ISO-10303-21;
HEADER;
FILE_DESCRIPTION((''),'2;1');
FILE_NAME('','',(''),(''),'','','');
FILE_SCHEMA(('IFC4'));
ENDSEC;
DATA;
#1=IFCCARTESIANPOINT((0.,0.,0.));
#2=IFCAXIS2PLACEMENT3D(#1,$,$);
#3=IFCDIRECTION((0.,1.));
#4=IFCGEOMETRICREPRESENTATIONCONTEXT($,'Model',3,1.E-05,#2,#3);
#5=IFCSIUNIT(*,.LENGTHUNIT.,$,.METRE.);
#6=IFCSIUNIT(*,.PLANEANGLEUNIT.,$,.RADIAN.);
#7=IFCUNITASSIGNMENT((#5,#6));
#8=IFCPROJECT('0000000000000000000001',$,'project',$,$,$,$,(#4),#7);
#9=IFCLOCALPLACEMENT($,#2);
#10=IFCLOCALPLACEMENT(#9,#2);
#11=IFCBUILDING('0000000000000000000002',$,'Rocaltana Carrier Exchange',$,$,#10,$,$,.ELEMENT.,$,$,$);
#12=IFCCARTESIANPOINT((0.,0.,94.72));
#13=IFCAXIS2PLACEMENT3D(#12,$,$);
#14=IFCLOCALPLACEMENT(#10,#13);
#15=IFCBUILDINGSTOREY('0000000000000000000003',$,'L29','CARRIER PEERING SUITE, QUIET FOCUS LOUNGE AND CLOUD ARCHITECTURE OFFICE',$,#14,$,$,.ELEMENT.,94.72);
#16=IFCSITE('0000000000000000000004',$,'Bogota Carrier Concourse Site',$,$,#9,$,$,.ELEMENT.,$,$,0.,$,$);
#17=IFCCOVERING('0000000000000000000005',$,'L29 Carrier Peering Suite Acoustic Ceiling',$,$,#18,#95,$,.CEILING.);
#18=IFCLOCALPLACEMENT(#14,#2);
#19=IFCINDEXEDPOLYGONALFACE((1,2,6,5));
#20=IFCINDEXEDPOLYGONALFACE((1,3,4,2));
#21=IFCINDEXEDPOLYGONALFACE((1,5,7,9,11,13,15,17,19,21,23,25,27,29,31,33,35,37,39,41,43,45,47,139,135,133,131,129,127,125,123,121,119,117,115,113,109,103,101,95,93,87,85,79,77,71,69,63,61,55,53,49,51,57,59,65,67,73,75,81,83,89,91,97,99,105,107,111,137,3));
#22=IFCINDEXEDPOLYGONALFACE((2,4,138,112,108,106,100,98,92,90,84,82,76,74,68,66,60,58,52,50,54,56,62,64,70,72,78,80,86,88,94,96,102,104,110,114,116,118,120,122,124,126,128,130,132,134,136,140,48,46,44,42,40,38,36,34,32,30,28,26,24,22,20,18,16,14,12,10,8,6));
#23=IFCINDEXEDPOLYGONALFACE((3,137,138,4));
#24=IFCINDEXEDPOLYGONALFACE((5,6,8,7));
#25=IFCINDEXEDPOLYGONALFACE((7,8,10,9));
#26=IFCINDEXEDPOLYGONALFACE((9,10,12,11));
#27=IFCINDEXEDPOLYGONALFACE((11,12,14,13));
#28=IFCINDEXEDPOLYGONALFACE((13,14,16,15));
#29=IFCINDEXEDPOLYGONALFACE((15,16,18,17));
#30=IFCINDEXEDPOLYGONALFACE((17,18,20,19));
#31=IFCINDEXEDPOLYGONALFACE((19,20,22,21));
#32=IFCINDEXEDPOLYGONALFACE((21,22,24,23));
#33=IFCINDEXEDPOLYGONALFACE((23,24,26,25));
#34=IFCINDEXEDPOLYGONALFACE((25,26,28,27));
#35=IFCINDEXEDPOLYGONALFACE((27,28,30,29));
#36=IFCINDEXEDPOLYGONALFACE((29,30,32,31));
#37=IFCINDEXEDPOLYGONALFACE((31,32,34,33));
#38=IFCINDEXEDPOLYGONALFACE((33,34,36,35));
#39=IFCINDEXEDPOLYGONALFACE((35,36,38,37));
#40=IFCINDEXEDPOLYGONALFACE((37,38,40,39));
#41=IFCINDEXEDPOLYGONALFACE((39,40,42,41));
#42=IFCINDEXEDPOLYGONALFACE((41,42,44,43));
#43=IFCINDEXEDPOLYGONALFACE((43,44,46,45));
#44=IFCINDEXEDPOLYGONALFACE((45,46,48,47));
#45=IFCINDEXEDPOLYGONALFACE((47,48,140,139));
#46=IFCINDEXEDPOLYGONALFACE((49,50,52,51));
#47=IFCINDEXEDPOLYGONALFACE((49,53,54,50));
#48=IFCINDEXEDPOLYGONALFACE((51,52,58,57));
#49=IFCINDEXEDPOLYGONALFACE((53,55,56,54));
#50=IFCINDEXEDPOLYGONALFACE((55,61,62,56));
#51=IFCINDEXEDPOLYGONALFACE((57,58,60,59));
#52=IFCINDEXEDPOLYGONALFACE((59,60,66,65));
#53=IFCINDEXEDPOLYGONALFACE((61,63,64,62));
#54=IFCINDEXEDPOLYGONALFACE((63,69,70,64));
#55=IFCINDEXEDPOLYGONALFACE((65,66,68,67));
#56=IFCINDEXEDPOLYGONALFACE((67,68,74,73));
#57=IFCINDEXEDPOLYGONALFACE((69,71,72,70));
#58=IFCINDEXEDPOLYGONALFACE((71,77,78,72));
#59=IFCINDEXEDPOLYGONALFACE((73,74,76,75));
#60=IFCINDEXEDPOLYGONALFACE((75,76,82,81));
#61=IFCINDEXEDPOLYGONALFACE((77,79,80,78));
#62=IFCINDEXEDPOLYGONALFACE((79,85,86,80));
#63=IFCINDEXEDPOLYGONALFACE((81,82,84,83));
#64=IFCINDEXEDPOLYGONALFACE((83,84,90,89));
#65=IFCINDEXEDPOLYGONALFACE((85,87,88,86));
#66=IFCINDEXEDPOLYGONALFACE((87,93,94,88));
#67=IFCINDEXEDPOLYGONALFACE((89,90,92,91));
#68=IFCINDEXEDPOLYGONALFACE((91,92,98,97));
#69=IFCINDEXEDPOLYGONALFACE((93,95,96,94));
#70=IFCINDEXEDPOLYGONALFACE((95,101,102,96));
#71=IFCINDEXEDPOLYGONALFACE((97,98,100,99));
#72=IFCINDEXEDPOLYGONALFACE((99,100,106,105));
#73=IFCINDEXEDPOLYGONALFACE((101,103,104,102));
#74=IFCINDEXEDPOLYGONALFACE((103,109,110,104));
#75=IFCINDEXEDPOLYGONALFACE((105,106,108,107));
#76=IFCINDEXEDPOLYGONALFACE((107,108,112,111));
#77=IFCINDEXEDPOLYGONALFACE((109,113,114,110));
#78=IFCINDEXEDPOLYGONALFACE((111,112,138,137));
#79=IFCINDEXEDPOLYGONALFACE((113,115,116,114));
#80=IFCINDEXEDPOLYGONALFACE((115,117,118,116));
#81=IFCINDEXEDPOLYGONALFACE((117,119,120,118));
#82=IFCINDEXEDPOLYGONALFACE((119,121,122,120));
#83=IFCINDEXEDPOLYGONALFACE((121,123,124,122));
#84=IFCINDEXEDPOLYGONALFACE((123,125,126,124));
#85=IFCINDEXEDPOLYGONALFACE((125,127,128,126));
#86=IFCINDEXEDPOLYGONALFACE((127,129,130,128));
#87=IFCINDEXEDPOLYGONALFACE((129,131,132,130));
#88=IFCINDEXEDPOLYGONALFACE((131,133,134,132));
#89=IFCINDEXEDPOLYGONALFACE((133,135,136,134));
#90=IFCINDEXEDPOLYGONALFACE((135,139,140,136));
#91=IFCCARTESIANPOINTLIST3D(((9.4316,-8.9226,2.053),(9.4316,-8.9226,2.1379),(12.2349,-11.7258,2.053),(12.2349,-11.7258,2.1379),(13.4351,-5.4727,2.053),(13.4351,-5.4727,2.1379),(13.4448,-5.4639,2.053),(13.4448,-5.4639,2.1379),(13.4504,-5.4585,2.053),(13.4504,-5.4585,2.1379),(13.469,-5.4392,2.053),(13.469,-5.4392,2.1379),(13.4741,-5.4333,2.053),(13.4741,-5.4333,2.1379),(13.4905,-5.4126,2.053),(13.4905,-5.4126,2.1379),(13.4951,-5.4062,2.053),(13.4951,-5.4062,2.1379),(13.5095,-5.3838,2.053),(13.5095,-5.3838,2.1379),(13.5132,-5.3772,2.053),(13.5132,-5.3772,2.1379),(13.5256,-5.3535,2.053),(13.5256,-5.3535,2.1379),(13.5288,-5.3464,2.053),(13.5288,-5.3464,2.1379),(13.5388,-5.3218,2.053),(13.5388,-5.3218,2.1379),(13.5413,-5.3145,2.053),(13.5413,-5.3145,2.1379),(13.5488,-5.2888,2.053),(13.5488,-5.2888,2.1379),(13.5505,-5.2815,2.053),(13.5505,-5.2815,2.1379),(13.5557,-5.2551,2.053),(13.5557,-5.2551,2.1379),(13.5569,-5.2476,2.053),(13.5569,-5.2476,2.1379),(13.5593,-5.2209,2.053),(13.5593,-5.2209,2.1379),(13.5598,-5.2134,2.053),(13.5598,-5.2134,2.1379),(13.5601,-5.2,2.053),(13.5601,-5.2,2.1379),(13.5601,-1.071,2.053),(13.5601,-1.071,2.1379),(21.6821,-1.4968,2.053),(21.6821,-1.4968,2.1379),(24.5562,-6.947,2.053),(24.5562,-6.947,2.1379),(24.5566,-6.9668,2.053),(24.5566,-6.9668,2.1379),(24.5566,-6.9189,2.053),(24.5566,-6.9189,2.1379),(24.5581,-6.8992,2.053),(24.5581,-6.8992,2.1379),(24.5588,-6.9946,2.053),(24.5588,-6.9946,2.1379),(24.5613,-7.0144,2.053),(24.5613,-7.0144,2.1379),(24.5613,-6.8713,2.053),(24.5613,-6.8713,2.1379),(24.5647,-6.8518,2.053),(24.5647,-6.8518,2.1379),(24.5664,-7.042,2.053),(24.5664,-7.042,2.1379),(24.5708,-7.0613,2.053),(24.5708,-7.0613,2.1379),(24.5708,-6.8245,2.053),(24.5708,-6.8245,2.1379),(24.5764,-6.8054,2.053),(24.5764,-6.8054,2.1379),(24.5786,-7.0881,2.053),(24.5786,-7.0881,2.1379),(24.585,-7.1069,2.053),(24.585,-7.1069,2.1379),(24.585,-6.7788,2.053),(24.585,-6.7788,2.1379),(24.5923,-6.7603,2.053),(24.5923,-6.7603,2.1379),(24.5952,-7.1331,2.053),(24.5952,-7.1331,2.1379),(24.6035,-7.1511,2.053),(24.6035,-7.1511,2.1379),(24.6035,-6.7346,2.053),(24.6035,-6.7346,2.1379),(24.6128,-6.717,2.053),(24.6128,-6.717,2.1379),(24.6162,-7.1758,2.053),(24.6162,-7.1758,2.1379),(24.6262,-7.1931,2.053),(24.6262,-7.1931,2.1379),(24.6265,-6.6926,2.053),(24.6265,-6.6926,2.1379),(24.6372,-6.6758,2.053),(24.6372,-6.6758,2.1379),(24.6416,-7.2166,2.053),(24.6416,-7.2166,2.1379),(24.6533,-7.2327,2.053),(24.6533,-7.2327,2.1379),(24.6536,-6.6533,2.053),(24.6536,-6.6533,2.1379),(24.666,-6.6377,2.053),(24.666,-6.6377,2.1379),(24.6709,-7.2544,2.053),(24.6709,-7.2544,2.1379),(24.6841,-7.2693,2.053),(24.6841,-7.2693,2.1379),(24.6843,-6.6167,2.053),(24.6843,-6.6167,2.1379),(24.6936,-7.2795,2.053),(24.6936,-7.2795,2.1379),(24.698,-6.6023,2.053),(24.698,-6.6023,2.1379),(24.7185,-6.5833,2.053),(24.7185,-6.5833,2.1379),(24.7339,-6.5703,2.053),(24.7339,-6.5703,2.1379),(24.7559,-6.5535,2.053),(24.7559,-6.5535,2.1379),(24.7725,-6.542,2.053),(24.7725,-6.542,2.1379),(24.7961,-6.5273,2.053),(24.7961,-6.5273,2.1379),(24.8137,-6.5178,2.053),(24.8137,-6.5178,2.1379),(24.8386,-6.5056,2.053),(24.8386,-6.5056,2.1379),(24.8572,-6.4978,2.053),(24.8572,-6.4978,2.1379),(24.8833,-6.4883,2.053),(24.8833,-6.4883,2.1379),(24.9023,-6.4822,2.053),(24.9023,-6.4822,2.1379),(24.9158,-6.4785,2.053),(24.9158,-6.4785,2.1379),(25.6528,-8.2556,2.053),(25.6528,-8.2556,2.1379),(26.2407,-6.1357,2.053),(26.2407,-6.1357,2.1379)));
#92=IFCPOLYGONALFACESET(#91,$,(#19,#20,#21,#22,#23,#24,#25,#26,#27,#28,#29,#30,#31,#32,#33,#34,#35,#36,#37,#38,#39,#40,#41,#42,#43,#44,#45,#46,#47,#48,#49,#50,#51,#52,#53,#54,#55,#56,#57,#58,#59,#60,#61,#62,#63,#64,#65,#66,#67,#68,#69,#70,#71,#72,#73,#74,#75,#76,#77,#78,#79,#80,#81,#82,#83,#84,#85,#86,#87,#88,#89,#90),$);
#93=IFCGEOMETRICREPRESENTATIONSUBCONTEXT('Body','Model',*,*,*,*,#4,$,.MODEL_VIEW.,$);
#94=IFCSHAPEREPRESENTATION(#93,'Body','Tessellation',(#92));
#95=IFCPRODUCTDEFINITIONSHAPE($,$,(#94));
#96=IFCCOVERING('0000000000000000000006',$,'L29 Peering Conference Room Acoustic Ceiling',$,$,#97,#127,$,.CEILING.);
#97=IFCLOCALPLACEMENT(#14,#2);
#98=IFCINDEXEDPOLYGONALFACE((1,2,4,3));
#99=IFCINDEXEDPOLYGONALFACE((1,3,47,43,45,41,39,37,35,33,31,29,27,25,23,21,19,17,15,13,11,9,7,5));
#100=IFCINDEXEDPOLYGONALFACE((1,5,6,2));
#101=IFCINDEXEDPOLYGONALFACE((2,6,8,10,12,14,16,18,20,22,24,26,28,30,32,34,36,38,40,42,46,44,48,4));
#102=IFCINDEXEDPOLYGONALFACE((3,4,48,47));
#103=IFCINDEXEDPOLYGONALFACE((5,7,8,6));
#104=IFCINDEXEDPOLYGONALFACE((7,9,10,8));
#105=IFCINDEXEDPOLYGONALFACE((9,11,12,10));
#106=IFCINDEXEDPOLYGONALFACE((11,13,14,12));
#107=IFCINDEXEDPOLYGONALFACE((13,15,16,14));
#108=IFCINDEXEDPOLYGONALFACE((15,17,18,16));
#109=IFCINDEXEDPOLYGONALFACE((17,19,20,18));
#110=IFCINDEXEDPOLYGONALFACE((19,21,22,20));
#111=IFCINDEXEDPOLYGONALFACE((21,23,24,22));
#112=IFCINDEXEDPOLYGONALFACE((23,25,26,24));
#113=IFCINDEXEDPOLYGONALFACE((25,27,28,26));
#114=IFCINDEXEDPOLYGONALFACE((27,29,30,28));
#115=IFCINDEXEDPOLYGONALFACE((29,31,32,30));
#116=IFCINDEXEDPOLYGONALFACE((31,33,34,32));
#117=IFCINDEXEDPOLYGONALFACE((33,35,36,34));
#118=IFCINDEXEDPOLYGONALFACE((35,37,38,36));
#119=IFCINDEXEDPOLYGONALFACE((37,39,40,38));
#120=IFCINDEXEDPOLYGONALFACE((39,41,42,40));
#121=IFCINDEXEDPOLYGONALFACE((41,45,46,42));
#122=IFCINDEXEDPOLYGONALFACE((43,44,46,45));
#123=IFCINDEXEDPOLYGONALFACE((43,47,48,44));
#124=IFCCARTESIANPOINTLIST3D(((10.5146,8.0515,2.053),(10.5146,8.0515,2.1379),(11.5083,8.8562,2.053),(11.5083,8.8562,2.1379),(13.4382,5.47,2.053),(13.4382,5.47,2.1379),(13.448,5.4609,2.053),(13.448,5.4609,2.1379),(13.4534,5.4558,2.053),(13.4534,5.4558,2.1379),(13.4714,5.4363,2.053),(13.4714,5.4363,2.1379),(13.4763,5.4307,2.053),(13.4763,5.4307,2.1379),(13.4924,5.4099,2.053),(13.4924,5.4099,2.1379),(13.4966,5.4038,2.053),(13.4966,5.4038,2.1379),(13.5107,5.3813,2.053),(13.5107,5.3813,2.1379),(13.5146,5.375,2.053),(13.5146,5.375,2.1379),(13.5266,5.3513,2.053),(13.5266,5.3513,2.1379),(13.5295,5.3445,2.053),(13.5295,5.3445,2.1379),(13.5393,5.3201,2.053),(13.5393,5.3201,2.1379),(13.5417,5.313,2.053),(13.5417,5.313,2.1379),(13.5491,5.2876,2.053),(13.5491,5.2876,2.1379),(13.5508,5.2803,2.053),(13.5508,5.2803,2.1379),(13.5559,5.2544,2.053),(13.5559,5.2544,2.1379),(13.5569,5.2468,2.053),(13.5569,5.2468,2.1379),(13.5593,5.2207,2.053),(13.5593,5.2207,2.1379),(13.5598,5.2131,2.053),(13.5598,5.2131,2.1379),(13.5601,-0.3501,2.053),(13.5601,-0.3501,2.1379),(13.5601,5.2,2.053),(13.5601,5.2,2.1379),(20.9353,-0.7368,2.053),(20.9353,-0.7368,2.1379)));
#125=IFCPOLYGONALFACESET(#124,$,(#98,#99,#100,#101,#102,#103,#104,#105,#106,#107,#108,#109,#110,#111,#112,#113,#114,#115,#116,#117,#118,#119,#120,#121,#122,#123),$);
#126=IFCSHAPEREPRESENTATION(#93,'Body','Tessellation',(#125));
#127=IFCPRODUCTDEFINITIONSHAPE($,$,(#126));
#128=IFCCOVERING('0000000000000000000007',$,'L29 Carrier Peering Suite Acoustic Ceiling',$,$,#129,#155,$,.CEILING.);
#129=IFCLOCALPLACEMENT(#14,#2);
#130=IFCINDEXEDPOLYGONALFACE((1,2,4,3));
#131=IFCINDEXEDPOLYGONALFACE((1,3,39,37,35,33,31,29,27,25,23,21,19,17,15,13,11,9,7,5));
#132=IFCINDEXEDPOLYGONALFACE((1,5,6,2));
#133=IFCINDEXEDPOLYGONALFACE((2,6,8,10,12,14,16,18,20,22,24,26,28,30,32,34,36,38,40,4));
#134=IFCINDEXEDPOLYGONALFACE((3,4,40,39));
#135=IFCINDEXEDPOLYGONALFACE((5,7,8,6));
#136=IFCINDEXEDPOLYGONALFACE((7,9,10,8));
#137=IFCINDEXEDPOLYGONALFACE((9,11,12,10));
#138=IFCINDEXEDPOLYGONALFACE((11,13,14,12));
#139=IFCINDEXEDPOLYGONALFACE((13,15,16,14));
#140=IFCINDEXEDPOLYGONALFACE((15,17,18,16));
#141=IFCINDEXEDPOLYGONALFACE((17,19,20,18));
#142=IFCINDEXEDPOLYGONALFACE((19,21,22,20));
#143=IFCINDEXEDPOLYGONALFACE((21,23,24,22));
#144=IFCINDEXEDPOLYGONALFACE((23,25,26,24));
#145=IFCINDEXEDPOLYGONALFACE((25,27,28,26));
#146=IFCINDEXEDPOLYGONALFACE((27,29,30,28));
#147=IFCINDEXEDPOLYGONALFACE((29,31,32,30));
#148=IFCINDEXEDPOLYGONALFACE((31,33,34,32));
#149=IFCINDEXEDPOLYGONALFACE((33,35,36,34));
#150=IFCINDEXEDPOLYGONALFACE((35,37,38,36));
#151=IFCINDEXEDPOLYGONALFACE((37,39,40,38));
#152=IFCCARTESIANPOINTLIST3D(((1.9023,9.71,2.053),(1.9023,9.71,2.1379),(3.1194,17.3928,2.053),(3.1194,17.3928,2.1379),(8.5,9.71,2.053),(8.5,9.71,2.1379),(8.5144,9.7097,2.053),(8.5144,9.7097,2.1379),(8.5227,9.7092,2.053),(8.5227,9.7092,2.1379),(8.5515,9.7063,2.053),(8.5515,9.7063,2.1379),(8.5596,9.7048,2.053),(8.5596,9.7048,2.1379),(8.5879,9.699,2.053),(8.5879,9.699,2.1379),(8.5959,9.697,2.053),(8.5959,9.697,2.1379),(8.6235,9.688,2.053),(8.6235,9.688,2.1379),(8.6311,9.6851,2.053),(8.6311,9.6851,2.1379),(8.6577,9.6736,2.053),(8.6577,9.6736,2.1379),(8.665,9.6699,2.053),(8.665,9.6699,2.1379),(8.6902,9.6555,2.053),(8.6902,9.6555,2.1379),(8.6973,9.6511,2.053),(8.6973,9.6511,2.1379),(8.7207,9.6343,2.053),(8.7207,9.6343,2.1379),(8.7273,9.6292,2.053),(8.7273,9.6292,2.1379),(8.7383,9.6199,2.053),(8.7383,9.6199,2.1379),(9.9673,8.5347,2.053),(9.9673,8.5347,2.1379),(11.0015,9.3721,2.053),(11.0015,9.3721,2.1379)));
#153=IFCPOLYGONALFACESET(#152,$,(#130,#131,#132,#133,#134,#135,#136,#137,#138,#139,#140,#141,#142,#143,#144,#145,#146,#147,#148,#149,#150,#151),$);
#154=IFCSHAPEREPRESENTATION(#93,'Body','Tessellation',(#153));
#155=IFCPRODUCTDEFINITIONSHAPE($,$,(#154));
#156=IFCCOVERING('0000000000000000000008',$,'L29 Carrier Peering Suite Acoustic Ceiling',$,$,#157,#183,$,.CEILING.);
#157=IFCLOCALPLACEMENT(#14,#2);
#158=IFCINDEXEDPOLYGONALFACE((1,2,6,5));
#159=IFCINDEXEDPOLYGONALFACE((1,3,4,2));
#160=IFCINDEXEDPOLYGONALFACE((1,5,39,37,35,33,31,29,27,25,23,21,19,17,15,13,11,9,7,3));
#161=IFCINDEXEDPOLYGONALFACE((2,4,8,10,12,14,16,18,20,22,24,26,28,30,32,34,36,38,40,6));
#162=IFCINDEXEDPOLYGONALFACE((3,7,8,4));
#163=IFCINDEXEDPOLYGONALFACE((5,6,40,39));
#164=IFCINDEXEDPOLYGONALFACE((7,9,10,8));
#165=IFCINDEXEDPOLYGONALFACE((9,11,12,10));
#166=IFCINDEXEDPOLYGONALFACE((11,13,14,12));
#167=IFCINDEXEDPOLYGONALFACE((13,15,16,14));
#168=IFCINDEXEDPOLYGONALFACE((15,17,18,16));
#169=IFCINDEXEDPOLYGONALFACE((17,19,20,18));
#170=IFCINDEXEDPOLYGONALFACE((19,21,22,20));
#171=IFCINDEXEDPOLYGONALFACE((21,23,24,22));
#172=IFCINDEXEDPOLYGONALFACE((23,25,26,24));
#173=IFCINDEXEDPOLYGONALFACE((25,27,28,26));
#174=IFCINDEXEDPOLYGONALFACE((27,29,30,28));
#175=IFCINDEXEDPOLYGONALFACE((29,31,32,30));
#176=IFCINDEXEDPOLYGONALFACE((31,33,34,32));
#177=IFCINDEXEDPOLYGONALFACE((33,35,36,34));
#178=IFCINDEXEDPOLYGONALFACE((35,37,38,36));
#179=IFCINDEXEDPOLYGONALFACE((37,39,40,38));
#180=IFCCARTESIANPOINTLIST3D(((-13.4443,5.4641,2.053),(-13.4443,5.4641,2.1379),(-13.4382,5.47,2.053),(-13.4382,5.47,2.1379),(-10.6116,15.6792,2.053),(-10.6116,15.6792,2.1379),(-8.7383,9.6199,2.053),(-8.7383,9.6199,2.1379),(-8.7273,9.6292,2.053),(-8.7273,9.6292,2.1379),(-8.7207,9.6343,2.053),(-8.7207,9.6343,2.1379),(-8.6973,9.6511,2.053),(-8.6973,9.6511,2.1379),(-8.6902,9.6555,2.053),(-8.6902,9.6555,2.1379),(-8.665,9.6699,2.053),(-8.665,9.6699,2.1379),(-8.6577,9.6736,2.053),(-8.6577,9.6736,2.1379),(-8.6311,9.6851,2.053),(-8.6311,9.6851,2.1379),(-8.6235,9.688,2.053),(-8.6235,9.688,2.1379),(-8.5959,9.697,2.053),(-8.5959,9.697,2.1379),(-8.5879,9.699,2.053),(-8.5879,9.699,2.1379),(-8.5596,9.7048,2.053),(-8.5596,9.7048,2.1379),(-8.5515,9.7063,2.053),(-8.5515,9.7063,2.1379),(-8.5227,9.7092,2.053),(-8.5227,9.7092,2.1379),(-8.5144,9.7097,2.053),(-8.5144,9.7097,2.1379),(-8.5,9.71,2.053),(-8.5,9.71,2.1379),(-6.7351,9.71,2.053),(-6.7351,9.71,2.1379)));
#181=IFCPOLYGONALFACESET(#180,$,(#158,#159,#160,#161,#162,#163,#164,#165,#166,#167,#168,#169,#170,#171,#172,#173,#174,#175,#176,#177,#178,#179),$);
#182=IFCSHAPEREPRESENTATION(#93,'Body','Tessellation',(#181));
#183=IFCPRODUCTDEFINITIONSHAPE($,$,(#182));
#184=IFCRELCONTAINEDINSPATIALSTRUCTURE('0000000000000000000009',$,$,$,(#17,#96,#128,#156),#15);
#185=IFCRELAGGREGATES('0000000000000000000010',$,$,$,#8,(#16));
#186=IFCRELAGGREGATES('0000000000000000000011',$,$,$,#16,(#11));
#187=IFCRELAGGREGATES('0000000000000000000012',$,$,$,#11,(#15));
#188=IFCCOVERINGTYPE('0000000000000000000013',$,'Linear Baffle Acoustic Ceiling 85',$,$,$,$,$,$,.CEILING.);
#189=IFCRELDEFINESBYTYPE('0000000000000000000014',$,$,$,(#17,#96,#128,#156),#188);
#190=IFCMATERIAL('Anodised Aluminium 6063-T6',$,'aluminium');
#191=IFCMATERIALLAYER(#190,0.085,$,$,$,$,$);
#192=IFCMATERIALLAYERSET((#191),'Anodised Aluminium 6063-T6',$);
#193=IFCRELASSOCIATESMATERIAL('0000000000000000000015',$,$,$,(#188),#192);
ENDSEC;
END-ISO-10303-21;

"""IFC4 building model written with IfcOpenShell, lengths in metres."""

from ifc_helpers import new_model, si_unit, direction, frame, origin, place, context, subcontext, project, spatial, polyline, outline, extrude, material, layer, layer_set, type_object, element, save


model = new_model("IFC4")

# Units and contexts
model_context = context("Model", 3, precision=1e-05, world=origin(), true_north=direction((0.0, 1.0)))
body_context = subcontext(model_context, "Body", "Model", "MODEL_VIEW")
ifc_project = project(units=[si_unit("LENGTHUNIT", "METRE"), si_unit("PLANEANGLEUNIT", "RADIAN")], contexts=[model_context])

# Site, building, storey
site_placement = place(None, origin())
site = spatial("IfcSite", under=ifc_project, at=site_placement, Name="Bogota Carrier Concourse Site", CompositionType="ELEMENT", RefElevation=0.0)
building_placement = place(site_placement, origin())
building = spatial("IfcBuilding", under=site, at=building_placement, Name="Rocaltana Carrier Exchange", CompositionType="ELEMENT")
storey_placement = place(building_placement, frame((0.0, 0.0, 94.72)))
storey = spatial("IfcBuildingStorey", under=building, at=storey_placement, Name="L29", Description="CARRIER PEERING SUITE, QUIET FOCUS LOUNGE AND CLOUD ARCHITECTURE OFFICE", CompositionType="ELEMENT", Elevation=94.72)

# Coverings
ifc_material_1 = material(Name="Anodised Aluminium 6063-T6", Category="aluminium")
ifc_layer_1 = layer(ifc_material_1, 0.085)
ifc_layer_set_1 = layer_set([ifc_layer_1], Name="Anodised Aluminium 6063-T6")
covering_type_1 = type_object("IfcCoveringType", Name="Linear Baffle Acoustic Ceiling 85", PredefinedType="CEILING", material=ifc_layer_set_1)
covering_1_placement = place(storey_placement, frame((0.0, 0.0, 2.053)))
element("IfcCovering", 1, at=covering_1_placement, inside=storey, type_object=covering_type_1, Name="L29 Carrier Peering Suite Acoustic Ceiling", PredefinedType="CEILING", context=body_context, shape_type="SweptSolid", body=[
    extrude(outline(polyline([(26.2407, -6.1357), (24.9158, -6.4785), (24.9023, -6.4822), (24.8833, -6.4883), (24.8572, -6.4978), (24.8386, -6.5056), (24.8137, -6.5178), (24.7961, -6.5273), (24.7725, -6.542), (24.7559, -6.5535), (24.7339, -6.5703), (24.7185, -6.5833), (24.698, -6.6023), (24.6843, -6.6167), (24.666, -6.6377), (24.6536, -6.6533), (24.6372, -6.6758), (24.6265, -6.6926), (24.6128, -6.717), (24.6035, -6.7346), (24.5923, -6.7603), (24.585, -6.7788), (24.5764, -6.8054), (24.5708, -6.8245), (24.5647, -6.8518), (24.5613, -6.8713), (24.5581, -6.8992), (24.5566, -6.9189), (24.5562, -6.947), (24.5566, -6.9668), (24.5588, -6.9946), (24.5613, -7.0144), (24.5664, -7.042), (24.5708, -7.0613), (24.5786, -7.0881), (24.585, -7.1069), (24.5952, -7.1331), (24.6035, -7.1511), (24.6162, -7.1758), (24.6262, -7.1931), (24.6416, -7.2166), (24.6533, -7.2327), (24.6709, -7.2544), (24.6841, -7.2693), (24.6936, -7.2795), (25.6528, -8.2556), (12.2349, -11.7258), (9.4316, -8.9226), (13.4351, -5.4727), (13.4448, -5.4639), (13.4504, -5.4585), (13.469, -5.4392), (13.4741, -5.4333), (13.4905, -5.4126), (13.4951, -5.4062), (13.5095, -5.3838), (13.5132, -5.3772), (13.5256, -5.3535), (13.5288, -5.3464), (13.5388, -5.3218), (13.5413, -5.3145), (13.5488, -5.2888), (13.5505, -5.2815), (13.5557, -5.2551), (13.5569, -5.2476), (13.5593, -5.2209), (13.5598, -5.2134), (13.5601, -5.2), (13.5601, -1.071), (21.6821, -1.4968), (26.2407, -6.1357)])), origin(), (0.0, 0.0, 1.0), 0.085),
])
covering_2_placement = place(storey_placement, frame((0.0, 0.0, 2.053)))
element("IfcCovering", 2, at=covering_2_placement, inside=storey, type_object=covering_type_1, Name="L29 Peering Conference Room Acoustic Ceiling", PredefinedType="CEILING", context=body_context, shape_type="SweptSolid", body=[
    extrude(outline(polyline([(20.9353, -0.7368), (13.5601, -0.3501), (13.5601, 5.2), (13.5598, 5.2131), (13.5593, 5.2207), (13.5569, 5.2468), (13.5559, 5.2544), (13.5508, 5.2803), (13.5491, 5.2876), (13.5417, 5.313), (13.5393, 5.3201), (13.5295, 5.3445), (13.5266, 5.3513), (13.5146, 5.375), (13.5107, 5.3813), (13.4966, 5.4038), (13.4924, 5.4099), (13.4763, 5.4307), (13.4714, 5.4363), (13.4534, 5.4558), (13.448, 5.4609), (13.4382, 5.47), (10.5146, 8.0515), (11.5083, 8.8562), (20.9353, -0.7368)])), origin(), (0.0, 0.0, 1.0), 0.085),
])
covering_3_placement = place(storey_placement, frame((0.0, 0.0, 2.053)))
element("IfcCovering", 3, at=covering_3_placement, inside=storey, type_object=covering_type_1, Name="L29 Carrier Peering Suite Acoustic Ceiling", PredefinedType="CEILING", context=body_context, shape_type="SweptSolid", body=[
    extrude(outline(polyline([(11.0015, 9.3721), (9.9673, 8.5347), (8.7383, 9.6199), (8.7273, 9.6292), (8.7207, 9.6343), (8.6973, 9.6511), (8.6902, 9.6555), (8.665, 9.6699), (8.6577, 9.6736), (8.6311, 9.6851), (8.6235, 9.688), (8.5959, 9.697), (8.5879, 9.699), (8.5596, 9.7048), (8.5515, 9.7063), (8.5227, 9.7092), (8.5144, 9.7097), (8.5, 9.71), (1.9023, 9.71), (3.1194, 17.3928), (11.0015, 9.3721)])), origin(), (0.0, 0.0, 1.0), 0.085),
])
covering_4_placement = place(storey_placement, frame((0.0, 0.0, 2.053)))
element("IfcCovering", 4, at=covering_4_placement, inside=storey, type_object=covering_type_1, Name="L29 Carrier Peering Suite Acoustic Ceiling", PredefinedType="CEILING", context=body_context, shape_type="SweptSolid", body=[
    extrude(outline(polyline([(-13.4443, 5.4641), (-10.6116, 15.6792), (-6.7351, 9.71), (-8.5, 9.71), (-8.5144, 9.7097), (-8.5227, 9.7092), (-8.5515, 9.7063), (-8.5596, 9.7048), (-8.5879, 9.699), (-8.5959, 9.697), (-8.6235, 9.688), (-8.6311, 9.6851), (-8.6577, 9.6736), (-8.665, 9.6699), (-8.6902, 9.6555), (-8.6973, 9.6511), (-8.7207, 9.6343), (-8.7273, 9.6292), (-8.7383, 9.6199), (-13.4382, 5.47), (-13.4443, 5.4641)])), origin(), (0.0, 0.0, 1.0), 0.085),
])

save(model, "model.ifc")
